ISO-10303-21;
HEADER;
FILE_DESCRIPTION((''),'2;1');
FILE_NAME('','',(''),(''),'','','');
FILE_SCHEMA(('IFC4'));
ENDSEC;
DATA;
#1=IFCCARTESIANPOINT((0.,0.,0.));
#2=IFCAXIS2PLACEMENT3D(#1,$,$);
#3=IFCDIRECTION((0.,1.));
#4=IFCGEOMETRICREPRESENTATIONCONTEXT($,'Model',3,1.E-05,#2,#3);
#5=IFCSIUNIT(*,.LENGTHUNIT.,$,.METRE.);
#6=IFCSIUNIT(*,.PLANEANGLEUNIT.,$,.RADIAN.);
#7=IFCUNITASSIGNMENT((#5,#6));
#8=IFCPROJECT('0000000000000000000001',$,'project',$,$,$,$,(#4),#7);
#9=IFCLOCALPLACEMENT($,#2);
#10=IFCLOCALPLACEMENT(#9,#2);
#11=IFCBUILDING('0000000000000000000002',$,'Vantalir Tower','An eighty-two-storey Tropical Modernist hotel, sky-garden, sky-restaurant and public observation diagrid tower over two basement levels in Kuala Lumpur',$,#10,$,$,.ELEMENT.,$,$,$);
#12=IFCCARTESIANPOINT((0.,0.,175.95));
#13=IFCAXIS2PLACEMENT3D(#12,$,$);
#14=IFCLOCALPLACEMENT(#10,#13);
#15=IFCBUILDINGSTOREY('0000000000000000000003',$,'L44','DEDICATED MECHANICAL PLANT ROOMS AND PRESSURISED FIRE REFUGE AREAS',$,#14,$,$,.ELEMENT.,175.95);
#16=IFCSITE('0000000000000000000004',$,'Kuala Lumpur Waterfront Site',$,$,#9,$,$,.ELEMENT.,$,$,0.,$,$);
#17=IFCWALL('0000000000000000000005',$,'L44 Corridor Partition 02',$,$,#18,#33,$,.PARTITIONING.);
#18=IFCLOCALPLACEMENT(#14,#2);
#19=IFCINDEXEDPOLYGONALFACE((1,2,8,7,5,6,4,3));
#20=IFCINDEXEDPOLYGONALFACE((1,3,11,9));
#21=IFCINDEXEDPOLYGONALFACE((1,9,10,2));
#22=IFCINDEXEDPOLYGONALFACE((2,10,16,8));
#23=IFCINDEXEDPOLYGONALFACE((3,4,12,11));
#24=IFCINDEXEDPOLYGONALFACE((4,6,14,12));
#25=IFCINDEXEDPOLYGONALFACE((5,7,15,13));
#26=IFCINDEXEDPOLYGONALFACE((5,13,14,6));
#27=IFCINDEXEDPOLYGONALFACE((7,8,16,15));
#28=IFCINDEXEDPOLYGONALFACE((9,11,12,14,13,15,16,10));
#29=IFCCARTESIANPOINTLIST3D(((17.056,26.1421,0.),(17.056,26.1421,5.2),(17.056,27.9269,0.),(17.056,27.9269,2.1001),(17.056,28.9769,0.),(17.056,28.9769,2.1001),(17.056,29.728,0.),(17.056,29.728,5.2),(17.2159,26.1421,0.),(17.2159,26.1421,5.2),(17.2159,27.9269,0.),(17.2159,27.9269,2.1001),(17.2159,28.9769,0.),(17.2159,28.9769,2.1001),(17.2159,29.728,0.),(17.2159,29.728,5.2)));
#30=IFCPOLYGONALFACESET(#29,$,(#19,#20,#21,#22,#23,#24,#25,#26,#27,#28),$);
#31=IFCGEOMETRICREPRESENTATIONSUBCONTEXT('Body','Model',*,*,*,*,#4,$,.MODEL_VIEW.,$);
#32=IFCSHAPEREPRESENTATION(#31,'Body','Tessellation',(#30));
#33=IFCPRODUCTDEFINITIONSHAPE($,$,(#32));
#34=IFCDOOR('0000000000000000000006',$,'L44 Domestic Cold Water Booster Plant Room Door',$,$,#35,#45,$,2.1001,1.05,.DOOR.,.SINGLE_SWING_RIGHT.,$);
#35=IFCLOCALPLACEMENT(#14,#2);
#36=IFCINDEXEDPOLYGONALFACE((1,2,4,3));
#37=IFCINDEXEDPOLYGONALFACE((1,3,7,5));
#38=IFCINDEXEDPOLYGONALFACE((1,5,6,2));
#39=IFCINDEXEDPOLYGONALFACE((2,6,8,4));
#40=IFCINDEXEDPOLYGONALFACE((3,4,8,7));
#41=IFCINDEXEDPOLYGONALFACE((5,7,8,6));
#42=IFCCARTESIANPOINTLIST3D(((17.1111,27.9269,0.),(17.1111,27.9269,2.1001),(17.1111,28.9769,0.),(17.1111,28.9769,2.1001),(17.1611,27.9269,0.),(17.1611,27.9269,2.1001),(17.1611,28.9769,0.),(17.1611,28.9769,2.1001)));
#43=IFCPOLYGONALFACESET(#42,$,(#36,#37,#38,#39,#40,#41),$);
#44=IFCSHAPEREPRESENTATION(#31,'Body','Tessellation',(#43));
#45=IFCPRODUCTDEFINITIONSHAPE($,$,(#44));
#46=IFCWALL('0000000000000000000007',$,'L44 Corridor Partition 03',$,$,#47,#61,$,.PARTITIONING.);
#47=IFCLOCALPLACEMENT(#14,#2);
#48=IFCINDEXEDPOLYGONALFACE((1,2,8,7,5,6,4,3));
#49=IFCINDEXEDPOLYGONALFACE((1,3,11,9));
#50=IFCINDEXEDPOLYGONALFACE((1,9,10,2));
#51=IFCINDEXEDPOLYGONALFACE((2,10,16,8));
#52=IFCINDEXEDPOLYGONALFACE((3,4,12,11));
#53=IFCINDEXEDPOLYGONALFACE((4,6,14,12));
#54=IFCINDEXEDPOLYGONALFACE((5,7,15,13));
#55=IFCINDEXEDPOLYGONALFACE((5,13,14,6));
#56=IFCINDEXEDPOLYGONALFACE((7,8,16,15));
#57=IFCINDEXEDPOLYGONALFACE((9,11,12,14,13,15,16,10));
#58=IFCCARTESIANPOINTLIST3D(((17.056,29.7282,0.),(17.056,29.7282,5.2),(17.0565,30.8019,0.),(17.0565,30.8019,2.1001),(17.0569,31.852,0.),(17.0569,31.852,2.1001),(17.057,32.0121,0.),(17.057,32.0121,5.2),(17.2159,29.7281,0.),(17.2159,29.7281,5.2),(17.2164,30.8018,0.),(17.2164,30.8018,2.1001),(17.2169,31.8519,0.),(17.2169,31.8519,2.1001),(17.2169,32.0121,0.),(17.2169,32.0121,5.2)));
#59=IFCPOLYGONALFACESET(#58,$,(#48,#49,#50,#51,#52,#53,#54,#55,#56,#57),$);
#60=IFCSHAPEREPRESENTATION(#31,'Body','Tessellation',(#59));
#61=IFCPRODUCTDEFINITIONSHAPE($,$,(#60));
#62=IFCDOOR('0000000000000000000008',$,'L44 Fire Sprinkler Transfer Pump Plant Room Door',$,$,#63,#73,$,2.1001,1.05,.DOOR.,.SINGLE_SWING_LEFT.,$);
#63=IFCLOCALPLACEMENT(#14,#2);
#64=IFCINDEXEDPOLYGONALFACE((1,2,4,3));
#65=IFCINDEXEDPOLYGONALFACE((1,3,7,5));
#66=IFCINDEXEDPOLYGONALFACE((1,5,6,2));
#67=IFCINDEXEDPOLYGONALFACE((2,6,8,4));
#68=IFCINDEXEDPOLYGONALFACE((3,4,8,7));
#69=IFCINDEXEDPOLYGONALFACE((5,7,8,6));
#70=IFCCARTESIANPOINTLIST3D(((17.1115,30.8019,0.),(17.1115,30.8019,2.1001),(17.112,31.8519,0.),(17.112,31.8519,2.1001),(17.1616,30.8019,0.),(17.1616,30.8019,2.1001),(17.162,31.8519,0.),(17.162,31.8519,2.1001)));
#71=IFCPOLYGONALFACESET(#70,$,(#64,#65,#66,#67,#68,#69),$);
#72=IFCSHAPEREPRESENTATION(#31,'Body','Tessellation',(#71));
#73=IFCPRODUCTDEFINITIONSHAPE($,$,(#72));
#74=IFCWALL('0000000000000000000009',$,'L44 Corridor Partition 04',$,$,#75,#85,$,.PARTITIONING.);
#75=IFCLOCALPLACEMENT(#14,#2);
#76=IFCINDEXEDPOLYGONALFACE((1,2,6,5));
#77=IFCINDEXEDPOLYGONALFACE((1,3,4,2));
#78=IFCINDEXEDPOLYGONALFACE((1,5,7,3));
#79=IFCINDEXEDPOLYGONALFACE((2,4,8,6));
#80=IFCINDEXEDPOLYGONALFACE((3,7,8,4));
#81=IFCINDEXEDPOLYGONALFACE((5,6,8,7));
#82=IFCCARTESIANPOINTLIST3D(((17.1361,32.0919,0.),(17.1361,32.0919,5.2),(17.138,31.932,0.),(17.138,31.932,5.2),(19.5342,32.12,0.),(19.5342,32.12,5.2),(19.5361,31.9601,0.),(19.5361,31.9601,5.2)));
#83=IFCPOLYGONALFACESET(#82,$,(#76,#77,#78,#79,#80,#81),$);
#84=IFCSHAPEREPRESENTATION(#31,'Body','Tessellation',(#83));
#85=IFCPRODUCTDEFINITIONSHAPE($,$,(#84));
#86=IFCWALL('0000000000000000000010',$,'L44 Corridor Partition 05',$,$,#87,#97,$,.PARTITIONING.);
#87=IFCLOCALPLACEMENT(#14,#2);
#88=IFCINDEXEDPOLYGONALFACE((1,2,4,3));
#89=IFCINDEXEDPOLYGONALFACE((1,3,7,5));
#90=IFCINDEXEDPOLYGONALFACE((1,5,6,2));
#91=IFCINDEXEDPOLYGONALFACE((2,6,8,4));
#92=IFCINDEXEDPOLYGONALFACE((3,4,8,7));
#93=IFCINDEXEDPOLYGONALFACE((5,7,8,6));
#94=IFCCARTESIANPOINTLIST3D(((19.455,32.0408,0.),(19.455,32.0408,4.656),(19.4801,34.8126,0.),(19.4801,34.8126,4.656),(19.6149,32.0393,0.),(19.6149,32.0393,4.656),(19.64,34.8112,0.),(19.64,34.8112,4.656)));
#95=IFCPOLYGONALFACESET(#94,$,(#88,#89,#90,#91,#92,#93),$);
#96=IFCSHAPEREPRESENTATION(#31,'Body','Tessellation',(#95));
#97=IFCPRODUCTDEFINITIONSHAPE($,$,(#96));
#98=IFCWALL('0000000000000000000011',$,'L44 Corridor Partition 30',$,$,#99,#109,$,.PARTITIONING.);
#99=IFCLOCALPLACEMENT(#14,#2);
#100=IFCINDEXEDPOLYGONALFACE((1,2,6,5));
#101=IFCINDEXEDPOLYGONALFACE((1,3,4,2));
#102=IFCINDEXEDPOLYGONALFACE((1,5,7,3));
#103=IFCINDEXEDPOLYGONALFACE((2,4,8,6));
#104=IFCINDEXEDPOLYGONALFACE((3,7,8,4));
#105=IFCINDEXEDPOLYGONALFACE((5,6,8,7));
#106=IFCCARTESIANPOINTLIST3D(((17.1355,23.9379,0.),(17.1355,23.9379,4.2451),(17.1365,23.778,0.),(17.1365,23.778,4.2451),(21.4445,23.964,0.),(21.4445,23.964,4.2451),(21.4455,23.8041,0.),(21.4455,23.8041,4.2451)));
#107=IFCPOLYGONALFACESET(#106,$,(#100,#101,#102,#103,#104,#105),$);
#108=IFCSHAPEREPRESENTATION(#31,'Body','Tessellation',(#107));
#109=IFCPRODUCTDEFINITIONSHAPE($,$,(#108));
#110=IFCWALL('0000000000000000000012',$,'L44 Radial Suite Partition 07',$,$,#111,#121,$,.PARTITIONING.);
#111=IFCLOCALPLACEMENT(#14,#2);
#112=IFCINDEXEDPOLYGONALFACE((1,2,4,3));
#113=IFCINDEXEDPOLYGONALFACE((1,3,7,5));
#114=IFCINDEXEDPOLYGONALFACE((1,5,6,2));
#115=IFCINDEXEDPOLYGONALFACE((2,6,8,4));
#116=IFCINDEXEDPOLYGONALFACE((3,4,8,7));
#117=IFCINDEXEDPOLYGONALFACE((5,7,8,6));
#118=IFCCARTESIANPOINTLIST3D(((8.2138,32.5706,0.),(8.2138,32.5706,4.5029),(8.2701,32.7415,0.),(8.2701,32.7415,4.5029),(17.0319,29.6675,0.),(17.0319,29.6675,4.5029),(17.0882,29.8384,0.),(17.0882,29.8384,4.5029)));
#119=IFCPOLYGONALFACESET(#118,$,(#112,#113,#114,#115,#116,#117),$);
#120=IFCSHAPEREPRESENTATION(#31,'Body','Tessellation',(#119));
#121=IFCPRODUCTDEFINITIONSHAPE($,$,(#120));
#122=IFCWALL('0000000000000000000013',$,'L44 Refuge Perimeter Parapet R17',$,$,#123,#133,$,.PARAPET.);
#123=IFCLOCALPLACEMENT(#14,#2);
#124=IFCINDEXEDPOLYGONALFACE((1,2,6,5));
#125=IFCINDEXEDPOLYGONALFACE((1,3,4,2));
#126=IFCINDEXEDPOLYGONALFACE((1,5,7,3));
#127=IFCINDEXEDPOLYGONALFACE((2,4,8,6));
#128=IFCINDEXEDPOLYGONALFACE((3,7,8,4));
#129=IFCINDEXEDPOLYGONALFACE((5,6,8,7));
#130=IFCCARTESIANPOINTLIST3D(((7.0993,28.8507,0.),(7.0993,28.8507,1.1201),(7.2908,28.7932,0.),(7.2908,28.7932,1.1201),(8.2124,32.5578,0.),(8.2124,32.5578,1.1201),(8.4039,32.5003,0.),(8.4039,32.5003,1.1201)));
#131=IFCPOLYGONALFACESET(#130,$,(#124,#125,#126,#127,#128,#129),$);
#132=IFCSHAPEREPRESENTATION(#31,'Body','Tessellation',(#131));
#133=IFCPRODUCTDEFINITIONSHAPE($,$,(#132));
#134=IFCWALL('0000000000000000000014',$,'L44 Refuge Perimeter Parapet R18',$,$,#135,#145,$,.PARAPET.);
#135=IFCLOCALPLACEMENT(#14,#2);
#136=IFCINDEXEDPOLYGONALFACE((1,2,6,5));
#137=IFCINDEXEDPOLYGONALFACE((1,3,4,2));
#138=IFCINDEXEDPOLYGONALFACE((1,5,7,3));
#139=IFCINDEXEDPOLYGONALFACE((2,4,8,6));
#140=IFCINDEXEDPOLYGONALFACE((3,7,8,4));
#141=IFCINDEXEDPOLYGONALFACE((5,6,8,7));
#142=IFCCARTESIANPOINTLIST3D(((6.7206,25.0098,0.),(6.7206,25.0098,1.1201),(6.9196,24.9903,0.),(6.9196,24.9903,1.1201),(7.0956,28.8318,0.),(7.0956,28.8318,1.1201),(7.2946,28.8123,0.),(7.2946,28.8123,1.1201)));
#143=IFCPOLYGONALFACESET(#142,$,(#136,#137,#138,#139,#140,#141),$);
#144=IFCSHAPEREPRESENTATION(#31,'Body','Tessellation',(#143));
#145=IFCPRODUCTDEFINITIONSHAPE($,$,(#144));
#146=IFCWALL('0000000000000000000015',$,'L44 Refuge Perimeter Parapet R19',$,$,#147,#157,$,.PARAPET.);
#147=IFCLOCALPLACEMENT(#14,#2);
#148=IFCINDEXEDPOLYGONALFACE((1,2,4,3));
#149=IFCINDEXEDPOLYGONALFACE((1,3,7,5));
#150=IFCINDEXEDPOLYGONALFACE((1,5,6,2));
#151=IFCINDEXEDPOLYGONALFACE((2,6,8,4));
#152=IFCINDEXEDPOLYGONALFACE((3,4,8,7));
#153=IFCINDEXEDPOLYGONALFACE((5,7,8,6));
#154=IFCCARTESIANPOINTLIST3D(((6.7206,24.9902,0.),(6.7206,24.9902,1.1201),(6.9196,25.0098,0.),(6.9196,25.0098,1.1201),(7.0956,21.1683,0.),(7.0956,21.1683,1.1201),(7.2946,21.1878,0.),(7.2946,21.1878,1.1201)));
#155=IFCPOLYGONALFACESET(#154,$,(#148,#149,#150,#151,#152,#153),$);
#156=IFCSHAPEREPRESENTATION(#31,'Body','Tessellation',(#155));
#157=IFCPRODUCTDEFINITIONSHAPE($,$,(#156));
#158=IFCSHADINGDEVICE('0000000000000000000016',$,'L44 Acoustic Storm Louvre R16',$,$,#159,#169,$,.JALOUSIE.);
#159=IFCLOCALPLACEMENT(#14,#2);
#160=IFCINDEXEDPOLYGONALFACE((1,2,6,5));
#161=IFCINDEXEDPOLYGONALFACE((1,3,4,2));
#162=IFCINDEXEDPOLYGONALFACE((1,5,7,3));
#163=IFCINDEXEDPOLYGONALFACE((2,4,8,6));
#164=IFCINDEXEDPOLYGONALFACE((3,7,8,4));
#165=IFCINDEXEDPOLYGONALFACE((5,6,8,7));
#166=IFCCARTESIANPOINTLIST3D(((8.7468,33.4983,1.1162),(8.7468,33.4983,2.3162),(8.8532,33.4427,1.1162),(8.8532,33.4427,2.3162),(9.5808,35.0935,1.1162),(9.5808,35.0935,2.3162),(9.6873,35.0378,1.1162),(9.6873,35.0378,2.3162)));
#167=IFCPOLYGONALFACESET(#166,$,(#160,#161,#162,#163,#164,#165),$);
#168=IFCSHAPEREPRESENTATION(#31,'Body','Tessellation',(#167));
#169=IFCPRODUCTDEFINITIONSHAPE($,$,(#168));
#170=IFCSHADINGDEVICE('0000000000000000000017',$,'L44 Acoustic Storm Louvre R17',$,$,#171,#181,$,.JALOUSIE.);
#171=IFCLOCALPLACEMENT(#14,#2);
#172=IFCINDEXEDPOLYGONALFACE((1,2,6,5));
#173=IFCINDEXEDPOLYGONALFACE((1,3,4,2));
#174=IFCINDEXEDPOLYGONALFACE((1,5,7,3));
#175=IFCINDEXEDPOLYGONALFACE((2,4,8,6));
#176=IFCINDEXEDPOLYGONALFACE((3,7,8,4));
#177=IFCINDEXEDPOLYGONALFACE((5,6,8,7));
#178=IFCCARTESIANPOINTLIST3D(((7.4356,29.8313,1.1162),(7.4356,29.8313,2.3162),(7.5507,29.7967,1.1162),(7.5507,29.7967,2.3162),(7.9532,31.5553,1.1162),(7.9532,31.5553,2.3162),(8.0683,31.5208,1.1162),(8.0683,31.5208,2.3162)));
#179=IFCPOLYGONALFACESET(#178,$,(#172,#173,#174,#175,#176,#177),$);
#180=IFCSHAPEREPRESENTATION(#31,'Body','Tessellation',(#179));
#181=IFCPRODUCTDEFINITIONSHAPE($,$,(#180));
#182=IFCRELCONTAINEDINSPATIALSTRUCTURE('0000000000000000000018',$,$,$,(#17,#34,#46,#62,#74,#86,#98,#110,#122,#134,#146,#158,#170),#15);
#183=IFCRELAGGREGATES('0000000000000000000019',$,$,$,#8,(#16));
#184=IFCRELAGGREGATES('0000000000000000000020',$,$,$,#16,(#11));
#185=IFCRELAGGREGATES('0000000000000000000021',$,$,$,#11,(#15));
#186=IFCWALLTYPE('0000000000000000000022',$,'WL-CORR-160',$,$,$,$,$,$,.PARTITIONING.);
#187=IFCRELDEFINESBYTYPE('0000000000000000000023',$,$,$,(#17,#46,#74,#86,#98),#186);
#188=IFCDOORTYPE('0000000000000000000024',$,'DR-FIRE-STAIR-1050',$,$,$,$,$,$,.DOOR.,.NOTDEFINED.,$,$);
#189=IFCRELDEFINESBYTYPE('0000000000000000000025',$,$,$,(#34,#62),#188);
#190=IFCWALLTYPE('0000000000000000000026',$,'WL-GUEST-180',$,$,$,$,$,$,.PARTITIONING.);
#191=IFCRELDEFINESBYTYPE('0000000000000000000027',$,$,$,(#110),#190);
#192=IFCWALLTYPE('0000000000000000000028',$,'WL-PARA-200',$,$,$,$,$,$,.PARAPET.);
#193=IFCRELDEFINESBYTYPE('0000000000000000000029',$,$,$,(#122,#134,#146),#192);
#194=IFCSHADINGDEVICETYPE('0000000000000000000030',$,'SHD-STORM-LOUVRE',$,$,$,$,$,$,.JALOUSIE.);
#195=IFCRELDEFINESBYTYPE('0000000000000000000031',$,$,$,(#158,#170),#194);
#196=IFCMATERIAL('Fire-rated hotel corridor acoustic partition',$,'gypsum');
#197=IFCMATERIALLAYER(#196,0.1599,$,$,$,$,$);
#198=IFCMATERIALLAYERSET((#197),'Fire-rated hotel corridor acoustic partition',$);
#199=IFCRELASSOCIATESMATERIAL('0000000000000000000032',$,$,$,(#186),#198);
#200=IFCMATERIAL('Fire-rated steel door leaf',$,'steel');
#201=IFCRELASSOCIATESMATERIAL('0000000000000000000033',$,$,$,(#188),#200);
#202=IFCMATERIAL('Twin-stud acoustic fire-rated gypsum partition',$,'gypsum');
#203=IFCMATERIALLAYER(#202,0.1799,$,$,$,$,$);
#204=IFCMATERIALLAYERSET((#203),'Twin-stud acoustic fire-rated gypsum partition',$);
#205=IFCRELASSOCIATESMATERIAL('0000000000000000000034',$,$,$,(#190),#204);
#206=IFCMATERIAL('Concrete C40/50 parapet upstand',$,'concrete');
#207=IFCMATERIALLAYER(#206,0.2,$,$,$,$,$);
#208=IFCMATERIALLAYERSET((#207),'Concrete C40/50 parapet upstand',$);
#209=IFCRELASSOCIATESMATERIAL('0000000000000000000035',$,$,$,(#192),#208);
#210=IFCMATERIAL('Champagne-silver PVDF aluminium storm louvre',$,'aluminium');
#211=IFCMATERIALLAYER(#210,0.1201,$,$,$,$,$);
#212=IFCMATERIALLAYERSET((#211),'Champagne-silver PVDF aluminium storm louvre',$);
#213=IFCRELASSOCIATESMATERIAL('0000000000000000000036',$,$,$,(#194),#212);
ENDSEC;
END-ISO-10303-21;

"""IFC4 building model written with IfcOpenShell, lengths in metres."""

from ifc_helpers import new_model, si_unit, direction, frame, frame_2d, origin, origin_2d, place, context, subcontext, project, spatial, rectangle, extrude, material, layer, layer_set, type_object, element, fill, save


model = new_model("IFC4")

# Units and contexts
model_context = context("Model", 3, precision=1e-05, world=origin(), true_north=direction((0.0, 1.0)))
body_context = subcontext(model_context, "Body", "Model", "MODEL_VIEW")
ifc_project = project(units=[si_unit("LENGTHUNIT", "METRE"), si_unit("PLANEANGLEUNIT", "RADIAN")], contexts=[model_context])

# Site, building, storey
site_placement = place(None, origin())
site = spatial("IfcSite", under=ifc_project, at=site_placement, Name="Kuala Lumpur Waterfront Site", CompositionType="ELEMENT", RefElevation=0.0)
building_placement = place(site_placement, origin())
building = spatial("IfcBuilding", under=site, at=building_placement, Name="Vantalir Tower", Description="An eighty-two-storey Tropical Modernist hotel, sky-garden, sky-restaurant and public observation diagrid tower over two basement levels in Kuala Lumpur", CompositionType="ELEMENT")
storey_placement = place(building_placement, frame((0.0, 0.0, 175.95)))
storey = spatial("IfcBuildingStorey", under=building, at=storey_placement, Name="L44", Description="DEDICATED MECHANICAL PLANT ROOMS AND PRESSURISED FIRE REFUGE AREAS", CompositionType="ELEMENT", Elevation=175.95)

# Walls, openings, doors
ifc_material_1 = material(Name="Fire-rated hotel corridor acoustic partition", Category="gypsum")
ifc_layer_1 = layer(ifc_material_1, 0.1599)
ifc_layer_set_1 = layer_set([ifc_layer_1], Name="Fire-rated hotel corridor acoustic partition")
wall_type_1 = type_object("IfcWallType", Name="WL-CORR-160", PredefinedType="PARTITIONING", material=ifc_layer_set_1)
wall_1_placement = place(storey_placement, frame((17.136, 26.1421, 0.0), z_axis=(0.0, 0.0, 1.0), x_axis=(0.0, 1.0, 0.0)))
wall_1 = element("IfcWall", 1, at=wall_1_placement, inside=storey, type_object=wall_type_1, Name="L44 Corridor Partition 02", PredefinedType="PARTITIONING", context=body_context, shape_type="SweptSolid", body=[
    extrude(rectangle(XDim=3.5859, YDim=0.1599, at=frame_2d((1.793, 0.0))), origin(), (0.0, 0.0, 1.0), 5.2),
])
opening_1_placement = place(wall_1_placement, frame((1.7849, 0.0, 0.0)))
opening_1 = element("IfcOpeningElement", 2, at=opening_1_placement, cuts=wall_1, PredefinedType="OPENING", context=body_context, shape_type="SweptSolid", body=[
    extrude(rectangle(XDim=1.05, YDim=2.1001, at=frame_2d((0.5249, 1.05))), frame((0.0, 0.0898, 0.0), z_axis=(0.0, -1.0, 0.0), x_axis=(1.0, 0.0, 0.0)), (0.0, 0.0, 1.0), 0.1799),
])
ifc_material_2 = material(Name="Fire-rated steel door leaf", Category="steel")
door_type = type_object("IfcDoorType", Name="DR-FIRE-STAIR-1050", OperationType="NOTDEFINED", PredefinedType="DOOR", material=ifc_material_2)
door_1_placement = place(opening_1_placement, origin())
door_1 = element("IfcDoor", 3, at=door_1_placement, inside=storey, type_object=door_type, Name="L44 Domestic Cold Water Booster Plant Room Door", OperationType="SINGLE_SWING_RIGHT", OverallHeight=2.1001, OverallWidth=1.05, PredefinedType="DOOR", context=body_context, shape_type="SweptSolid", body=[
    extrude(rectangle(XDim=1.05, YDim=2.1001, at=frame_2d((0.5249, 1.05))), frame((0.0, 0.0249, 0.0), z_axis=(0.0, -1.0, 0.0), x_axis=(1.0, 0.0, 0.0)), (0.0, 0.0, 1.0), 0.05),
])
fill(opening_1, door_1)
wall_2_placement = place(storey_placement, frame((17.136, 29.728, 0.0), z_axis=(0.0, 0.0, 1.0), x_axis=(0.000428, 1.0, 0.0)))
wall_2 = element("IfcWall", 4, at=wall_2_placement, inside=storey, type_object=wall_type_1, Name="L44 Corridor Partition 03", PredefinedType="PARTITIONING", context=body_context, shape_type="SweptSolid", body=[
    extrude(rectangle(XDim=2.2839, YDim=0.1599, at=frame_2d((1.1421, 0.0))), origin(), (0.0, 0.0, 1.0), 5.2),
])
opening_2_placement = place(wall_2_placement, frame((1.074, 0.0, 0.0)))
opening_2 = element("IfcOpeningElement", 5, at=opening_2_placement, cuts=wall_2, PredefinedType="OPENING", context=body_context, shape_type="SweptSolid", body=[
    extrude(rectangle(XDim=1.05, YDim=2.1001, at=frame_2d((0.5249, 1.05))), frame((0.0, 0.0898, 0.0), z_axis=(0.0, -1.0, 0.0), x_axis=(1.0, 0.0, 0.0)), (0.0, 0.0, 1.0), 0.1799),
])
door_2_placement = place(opening_2_placement, origin())
door_2 = element("IfcDoor", 6, at=door_2_placement, inside=storey, type_object=door_type, Name="L44 Fire Sprinkler Transfer Pump Plant Room Door", OperationType="SINGLE_SWING_LEFT", OverallHeight=2.1001, OverallWidth=1.05, PredefinedType="DOOR", context=body_context, shape_type="SweptSolid", body=[
    extrude(rectangle(XDim=1.05, YDim=2.1001, at=frame_2d((0.5249, 1.05))), frame((0.0, 0.0249, 0.0), z_axis=(0.0, -1.0, 0.0), x_axis=(1.0, 0.0, 0.0)), (0.0, 0.0, 1.0), 0.05),
])
fill(opening_2, door_2)

# Walls
wall_3_placement = place(storey_placement, frame((17.137, 32.012, 0.0), z_axis=(0.0, 0.0, 1.0), x_axis=(0.999931, 0.011708, 0.0)))
element("IfcWall", 7, at=wall_3_placement, inside=storey, type_object=wall_type_1, Name="L44 Corridor Partition 04", PredefinedType="PARTITIONING", context=body_context, shape_type="SweptSolid", body=[
    extrude(rectangle(XDim=2.3982, YDim=0.1599, at=frame_2d((1.1992, 0.0))), origin(), (0.0, 0.0, 1.0), 5.2),
])
wall_4_placement = place(storey_placement, frame((19.5349, 32.04, 0.0), z_axis=(0.0, 0.0, 1.0), x_axis=(0.009071, 0.999959, 0.0)))
element("IfcWall", 8, at=wall_4_placement, inside=storey, type_object=wall_type_1, Name="L44 Corridor Partition 05", PredefinedType="PARTITIONING", context=body_context, shape_type="SweptSolid", body=[
    extrude(rectangle(XDim=2.772, YDim=0.1599, at=frame_2d((1.386, 0.0))), origin(), (0.0, 0.0, 1.0), 4.656),
])
wall_5_placement = place(storey_placement, frame((17.136, 23.8579, 0.0), z_axis=(0.0, 0.0, 1.0), x_axis=(0.999982, 0.006062, 0.0)))
element("IfcWall", 9, at=wall_5_placement, inside=storey, type_object=wall_type_1, Name="L44 Corridor Partition 30", PredefinedType="PARTITIONING", context=body_context, shape_type="SweptSolid", body=[
    extrude(rectangle(XDim=4.3091, YDim=0.1599, at=frame_2d((2.1545, 0.0))), origin(), (0.0, 0.0, 1.0), 4.2451),
])
ifc_material_3 = material(Name="Twin-stud acoustic fire-rated gypsum partition", Category="gypsum")
ifc_layer_2 = layer(ifc_material_3, 0.1799)
ifc_layer_set_2 = layer_set([ifc_layer_2], Name="Twin-stud acoustic fire-rated gypsum partition")
wall_type_2 = type_object("IfcWallType", Name="WL-GUEST-180", PredefinedType="PARTITIONING", material=ifc_layer_set_2)
wall_6_placement = place(storey_placement, frame((17.0601, 29.7529, 0.0), z_axis=(0.0, 0.0, 1.0), x_axis=(-0.94985, 0.312707, 0.0)))
element("IfcWall", 10, at=wall_6_placement, inside=storey, type_object=wall_type_2, Name="L44 Radial Suite Partition 07", PredefinedType="PARTITIONING", context=body_context, shape_type="SweptSolid", body=[
    extrude(rectangle(XDim=9.2837, YDim=0.1799, at=frame_2d((4.6418, 0.0))), origin(), (0.0, 0.0, 1.0), 4.5029),
])
ifc_material_4 = material(Name="Concrete C40/50 parapet upstand", Category="concrete")
ifc_layer_3 = layer(ifc_material_4, 0.2)
ifc_layer_set_3 = layer_set([ifc_layer_3], Name="Concrete C40/50 parapet upstand")
wall_type_3 = type_object("IfcWallType", Name="WL-PARA-200", PredefinedType="PARAPET", material=ifc_layer_set_3)
wall_7_placement = place(storey_placement, frame((8.3081, 32.5291, 0.0), z_axis=(0.0, 0.0, 1.0), x_axis=(-0.287568, -0.95776, 0.0)))
element("IfcWall", 11, at=wall_7_placement, inside=storey, type_object=wall_type_3, Name="L44 Refuge Perimeter Parapet R17", PredefinedType="PARAPET", context=body_context, shape_type="SweptSolid", body=[
    extrude(rectangle(XDim=3.8706, YDim=0.2, at=frame_2d((1.9353, 0.0))), origin(), (0.0, 0.0, 1.0), 1.1201),
])
for number, where, z_axis, x_axis, name in (
    (12, (7.1951, 28.822, 0.0), (0.0, 0.0, 1.0), (-0.097647, -0.995221, 0.0), "L44 Refuge Perimeter Parapet R18"),
    (13, (6.8201, 25.0, 0.0), (0.0, 0.0, 1.0), (0.097647, -0.995221, 0.0), "L44 Refuge Perimeter Parapet R19"),
):
    element("IfcWall", number, at=place(storey_placement, frame(where, z_axis=z_axis, x_axis=x_axis)), inside=storey, type_object=wall_type_3, Name=name, PredefinedType="PARAPET", context=body_context, shape_type="SweptSolid", body=[
        extrude(rectangle(XDim=3.8403, YDim=0.2, at=frame_2d((1.9202, 0.0))), origin(), (0.0, 0.0, 1.0), 1.1201),
    ])

# Shading devices
ifc_material_5 = material(Name="Champagne-silver PVDF aluminium storm louvre", Category="aluminium")
ifc_layer_4 = layer(ifc_material_5, 0.1201)
ifc_layer_set_4 = layer_set([ifc_layer_4], Name="Champagne-silver PVDF aluminium storm louvre")
shading_device_type = type_object("IfcShadingDeviceType", Name="SHD-STORM-LOUVRE", PredefinedType="JALOUSIE", material=ifc_layer_set_4)
for number, where, z_axis, x_axis, name in (
    (14, (9.217, 34.2681, 1.1162), (0.0, 0.0, 1.0), (-0.463342, -0.886179, 0.0), "L44 Acoustic Storm Louvre R16"),
    (15, (7.752, 30.676, 1.1162), (0.0, 0.0, 1.0), (-0.287561, -0.957762, 0.0), "L44 Acoustic Storm Louvre R17"),
):
    element("IfcShadingDevice", number, at=place(storey_placement, frame(where, z_axis=z_axis, x_axis=x_axis)), inside=storey, type_object=shading_device_type, Name=name, PredefinedType="JALOUSIE", context=body_context, shape_type="SweptSolid", body=[
        extrude(rectangle(XDim=1.8, YDim=0.1201, at=origin_2d()), origin(), (0.0, 0.0, 1.0), 1.2),
    ])

save(model, "model.ifc")
